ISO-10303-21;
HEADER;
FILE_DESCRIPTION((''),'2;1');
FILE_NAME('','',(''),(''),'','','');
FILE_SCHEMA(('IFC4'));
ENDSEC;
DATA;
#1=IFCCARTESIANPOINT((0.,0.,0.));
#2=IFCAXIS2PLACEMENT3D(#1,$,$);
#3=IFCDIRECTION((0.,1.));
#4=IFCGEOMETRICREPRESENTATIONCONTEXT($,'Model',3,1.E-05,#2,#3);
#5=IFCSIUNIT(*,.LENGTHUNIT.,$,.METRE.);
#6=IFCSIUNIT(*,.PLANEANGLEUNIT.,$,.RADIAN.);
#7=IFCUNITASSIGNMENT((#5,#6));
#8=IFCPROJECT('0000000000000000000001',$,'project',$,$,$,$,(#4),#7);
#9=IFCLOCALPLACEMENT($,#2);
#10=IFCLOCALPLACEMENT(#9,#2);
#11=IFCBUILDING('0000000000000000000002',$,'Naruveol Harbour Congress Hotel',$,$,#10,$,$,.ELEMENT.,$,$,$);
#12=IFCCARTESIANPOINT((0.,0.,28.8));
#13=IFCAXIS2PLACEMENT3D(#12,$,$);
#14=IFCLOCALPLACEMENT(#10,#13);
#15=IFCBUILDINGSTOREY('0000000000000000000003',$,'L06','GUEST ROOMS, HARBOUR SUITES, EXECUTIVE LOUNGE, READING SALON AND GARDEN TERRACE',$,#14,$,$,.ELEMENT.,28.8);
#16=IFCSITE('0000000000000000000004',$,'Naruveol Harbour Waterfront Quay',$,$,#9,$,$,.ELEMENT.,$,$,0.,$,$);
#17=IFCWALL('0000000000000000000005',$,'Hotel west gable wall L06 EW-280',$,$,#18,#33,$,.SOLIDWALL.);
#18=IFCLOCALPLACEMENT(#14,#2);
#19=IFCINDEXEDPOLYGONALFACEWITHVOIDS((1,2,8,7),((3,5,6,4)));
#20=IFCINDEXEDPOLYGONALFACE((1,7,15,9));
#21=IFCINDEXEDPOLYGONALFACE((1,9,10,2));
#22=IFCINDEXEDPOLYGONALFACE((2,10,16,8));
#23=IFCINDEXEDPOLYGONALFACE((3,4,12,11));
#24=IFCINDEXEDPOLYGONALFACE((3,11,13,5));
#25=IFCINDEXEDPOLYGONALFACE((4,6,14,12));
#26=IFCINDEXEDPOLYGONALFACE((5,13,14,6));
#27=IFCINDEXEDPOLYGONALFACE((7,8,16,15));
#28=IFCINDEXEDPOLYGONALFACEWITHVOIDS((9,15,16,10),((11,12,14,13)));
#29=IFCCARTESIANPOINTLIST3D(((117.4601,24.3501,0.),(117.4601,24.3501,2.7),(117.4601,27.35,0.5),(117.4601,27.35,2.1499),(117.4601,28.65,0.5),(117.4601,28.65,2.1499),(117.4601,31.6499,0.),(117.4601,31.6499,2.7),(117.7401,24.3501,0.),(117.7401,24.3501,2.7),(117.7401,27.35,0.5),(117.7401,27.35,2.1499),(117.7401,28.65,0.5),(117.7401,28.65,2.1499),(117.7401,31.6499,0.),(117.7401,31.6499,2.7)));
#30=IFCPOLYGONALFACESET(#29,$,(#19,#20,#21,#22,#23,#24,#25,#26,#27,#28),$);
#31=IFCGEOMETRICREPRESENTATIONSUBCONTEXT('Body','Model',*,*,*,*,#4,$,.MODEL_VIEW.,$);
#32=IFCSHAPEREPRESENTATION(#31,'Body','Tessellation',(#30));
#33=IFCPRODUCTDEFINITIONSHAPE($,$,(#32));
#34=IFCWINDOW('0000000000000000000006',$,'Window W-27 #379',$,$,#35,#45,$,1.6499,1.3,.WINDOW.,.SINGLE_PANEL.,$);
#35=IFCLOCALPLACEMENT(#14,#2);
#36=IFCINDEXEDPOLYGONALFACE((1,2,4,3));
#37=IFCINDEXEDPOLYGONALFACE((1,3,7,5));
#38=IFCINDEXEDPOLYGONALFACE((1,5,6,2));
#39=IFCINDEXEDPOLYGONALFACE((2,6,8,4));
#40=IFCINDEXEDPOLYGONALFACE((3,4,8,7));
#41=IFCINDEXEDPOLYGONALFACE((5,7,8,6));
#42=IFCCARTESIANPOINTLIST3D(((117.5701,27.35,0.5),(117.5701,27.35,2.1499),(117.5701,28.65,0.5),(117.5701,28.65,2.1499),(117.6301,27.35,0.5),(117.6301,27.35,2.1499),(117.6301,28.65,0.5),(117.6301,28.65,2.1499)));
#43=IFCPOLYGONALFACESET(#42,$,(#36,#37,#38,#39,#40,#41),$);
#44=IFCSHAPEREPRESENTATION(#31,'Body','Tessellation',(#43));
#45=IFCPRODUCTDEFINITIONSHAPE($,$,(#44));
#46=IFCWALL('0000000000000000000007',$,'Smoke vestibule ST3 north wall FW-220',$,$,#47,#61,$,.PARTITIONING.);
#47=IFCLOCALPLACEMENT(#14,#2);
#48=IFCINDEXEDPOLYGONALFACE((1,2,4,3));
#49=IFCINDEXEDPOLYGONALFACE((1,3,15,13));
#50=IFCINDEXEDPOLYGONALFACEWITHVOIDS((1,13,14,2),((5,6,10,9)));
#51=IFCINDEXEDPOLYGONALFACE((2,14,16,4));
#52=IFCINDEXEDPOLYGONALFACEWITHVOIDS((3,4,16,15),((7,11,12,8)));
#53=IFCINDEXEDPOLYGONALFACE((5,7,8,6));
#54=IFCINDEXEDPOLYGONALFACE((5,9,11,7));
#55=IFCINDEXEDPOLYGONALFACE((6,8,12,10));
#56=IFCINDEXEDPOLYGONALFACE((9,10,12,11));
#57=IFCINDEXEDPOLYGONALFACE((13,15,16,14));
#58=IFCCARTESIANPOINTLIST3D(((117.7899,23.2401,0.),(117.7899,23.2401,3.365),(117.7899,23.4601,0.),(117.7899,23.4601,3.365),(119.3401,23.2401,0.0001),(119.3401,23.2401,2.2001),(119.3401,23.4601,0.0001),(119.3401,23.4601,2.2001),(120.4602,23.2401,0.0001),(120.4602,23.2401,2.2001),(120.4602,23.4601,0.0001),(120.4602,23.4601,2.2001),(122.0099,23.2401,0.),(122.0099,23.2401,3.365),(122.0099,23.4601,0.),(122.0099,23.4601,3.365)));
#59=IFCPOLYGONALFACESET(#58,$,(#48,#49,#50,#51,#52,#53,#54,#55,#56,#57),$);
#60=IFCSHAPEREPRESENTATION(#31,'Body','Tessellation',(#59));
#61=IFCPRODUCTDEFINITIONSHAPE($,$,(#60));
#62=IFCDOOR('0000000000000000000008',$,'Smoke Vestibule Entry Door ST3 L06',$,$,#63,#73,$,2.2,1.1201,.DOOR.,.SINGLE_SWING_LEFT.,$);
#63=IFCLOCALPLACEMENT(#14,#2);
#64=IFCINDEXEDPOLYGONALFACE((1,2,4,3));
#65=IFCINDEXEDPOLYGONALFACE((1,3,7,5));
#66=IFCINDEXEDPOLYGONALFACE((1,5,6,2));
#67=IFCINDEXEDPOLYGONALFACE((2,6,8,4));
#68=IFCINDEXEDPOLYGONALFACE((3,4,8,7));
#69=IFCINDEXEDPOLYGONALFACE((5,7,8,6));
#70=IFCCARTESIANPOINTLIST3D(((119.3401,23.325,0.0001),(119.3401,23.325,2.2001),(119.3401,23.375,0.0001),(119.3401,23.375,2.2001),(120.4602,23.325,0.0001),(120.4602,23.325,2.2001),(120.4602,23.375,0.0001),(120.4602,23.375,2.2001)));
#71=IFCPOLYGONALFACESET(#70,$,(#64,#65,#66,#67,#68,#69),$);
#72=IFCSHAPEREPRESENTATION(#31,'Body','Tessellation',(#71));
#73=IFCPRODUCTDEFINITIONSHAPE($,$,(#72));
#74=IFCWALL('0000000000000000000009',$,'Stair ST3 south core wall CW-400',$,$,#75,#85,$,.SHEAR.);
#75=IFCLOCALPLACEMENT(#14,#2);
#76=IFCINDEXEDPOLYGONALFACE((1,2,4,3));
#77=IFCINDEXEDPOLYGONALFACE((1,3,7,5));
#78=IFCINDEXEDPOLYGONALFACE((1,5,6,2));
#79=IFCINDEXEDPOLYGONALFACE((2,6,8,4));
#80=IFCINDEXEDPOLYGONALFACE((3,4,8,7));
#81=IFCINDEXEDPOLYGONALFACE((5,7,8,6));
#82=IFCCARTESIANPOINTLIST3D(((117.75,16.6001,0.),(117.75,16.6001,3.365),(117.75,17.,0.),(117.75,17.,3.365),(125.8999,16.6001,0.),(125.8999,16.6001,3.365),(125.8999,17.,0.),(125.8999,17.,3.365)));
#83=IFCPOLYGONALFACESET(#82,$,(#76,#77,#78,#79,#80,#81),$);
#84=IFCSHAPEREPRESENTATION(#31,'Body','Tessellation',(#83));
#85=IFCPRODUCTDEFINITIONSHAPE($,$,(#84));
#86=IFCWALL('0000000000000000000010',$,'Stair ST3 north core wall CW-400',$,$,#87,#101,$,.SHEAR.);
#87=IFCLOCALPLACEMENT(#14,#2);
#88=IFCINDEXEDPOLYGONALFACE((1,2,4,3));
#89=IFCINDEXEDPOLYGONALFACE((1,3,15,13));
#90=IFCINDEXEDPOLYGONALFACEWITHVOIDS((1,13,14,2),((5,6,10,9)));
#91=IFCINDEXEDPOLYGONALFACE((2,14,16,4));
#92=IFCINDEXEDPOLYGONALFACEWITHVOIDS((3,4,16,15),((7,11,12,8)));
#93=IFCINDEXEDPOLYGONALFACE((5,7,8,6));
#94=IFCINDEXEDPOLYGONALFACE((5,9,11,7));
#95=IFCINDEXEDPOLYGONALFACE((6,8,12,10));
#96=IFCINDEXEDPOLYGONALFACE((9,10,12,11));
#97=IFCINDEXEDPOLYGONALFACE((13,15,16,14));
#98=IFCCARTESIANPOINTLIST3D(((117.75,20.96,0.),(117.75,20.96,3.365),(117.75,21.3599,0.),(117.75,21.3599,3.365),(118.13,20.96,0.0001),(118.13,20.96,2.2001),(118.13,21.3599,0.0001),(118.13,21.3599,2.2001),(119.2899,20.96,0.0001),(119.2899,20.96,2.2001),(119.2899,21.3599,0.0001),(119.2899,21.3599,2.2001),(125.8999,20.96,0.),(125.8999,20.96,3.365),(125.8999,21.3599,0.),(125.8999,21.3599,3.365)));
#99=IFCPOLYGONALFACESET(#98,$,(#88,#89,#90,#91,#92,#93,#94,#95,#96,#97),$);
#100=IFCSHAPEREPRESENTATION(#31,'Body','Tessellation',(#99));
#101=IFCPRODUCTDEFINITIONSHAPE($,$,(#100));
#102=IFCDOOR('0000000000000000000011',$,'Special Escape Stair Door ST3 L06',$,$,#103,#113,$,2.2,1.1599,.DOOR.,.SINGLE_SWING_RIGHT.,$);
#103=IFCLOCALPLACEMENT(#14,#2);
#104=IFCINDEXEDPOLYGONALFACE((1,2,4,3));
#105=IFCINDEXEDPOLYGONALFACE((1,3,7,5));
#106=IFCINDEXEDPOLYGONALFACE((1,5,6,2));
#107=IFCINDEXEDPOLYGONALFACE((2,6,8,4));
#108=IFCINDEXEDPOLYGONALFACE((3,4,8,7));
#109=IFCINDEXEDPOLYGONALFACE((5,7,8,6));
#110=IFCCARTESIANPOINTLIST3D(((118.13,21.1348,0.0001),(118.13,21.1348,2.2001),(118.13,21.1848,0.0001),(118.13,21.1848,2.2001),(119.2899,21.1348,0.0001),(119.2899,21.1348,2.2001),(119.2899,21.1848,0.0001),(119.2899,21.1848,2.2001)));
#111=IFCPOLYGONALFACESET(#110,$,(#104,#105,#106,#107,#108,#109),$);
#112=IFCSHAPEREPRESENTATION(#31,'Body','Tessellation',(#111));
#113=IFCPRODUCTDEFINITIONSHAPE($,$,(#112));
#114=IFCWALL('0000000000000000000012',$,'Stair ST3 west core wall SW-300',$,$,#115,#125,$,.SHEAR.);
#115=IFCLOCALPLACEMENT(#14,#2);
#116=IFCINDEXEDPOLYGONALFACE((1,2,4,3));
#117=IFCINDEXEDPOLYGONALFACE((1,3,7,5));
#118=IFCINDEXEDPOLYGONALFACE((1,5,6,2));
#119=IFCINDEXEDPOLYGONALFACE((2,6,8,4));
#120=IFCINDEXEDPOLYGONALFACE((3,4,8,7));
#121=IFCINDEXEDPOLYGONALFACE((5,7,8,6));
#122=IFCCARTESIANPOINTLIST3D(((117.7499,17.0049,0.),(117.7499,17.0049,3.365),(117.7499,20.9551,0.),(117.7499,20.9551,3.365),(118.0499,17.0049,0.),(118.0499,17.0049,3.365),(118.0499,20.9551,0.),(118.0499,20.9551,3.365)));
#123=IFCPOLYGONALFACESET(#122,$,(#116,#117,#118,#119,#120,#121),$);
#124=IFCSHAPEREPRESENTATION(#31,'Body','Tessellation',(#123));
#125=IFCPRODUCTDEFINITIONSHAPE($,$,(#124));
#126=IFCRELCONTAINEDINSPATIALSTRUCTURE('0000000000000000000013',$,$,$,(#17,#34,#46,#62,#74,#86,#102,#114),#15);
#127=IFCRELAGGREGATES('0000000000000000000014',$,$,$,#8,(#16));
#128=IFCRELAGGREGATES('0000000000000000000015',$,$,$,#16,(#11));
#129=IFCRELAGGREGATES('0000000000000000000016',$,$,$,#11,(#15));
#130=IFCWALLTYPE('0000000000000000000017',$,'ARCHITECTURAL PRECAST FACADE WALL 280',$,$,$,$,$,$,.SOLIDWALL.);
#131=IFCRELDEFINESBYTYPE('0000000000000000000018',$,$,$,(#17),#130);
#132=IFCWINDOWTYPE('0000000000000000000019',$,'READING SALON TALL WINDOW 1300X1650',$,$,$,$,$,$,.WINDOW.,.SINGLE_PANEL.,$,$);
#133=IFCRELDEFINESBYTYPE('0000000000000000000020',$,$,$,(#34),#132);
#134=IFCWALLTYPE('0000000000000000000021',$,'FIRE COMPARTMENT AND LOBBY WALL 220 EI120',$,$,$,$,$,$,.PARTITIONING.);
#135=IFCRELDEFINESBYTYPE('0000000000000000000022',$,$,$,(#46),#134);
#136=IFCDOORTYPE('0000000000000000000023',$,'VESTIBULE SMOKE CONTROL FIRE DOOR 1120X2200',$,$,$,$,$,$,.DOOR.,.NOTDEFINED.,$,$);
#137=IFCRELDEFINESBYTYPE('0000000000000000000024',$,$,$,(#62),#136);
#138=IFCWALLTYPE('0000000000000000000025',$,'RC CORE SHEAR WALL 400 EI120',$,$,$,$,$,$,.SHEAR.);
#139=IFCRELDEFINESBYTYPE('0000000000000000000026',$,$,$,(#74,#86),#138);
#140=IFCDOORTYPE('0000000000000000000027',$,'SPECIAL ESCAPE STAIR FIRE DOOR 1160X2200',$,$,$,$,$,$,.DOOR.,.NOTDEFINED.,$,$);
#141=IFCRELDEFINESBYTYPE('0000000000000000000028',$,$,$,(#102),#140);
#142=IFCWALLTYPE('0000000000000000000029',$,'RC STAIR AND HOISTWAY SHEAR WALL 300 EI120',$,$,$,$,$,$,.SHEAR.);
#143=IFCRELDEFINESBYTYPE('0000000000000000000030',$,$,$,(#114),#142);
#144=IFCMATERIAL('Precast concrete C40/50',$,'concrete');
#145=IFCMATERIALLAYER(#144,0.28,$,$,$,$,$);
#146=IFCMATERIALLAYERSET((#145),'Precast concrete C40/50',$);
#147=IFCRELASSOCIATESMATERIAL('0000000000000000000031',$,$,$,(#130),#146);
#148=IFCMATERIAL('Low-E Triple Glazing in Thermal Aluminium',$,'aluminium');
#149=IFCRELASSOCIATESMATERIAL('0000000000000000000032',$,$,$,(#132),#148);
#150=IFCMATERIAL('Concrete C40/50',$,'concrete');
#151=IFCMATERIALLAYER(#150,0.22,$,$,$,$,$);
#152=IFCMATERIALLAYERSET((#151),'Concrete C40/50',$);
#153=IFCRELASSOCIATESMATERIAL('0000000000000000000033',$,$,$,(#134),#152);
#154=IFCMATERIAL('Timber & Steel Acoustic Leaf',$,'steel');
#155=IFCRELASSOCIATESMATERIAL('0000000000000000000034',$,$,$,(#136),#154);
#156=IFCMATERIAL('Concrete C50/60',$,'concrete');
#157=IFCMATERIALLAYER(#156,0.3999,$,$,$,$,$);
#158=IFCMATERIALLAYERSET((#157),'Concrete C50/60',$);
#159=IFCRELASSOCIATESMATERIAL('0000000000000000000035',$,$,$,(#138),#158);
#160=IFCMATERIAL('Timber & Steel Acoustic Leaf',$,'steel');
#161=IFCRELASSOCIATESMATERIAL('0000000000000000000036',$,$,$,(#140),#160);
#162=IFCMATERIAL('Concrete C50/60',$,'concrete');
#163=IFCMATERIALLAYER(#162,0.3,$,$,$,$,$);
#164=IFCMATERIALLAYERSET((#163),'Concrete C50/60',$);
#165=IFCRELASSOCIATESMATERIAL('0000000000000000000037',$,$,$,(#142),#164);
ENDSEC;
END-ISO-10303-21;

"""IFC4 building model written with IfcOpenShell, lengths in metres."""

from ifc_helpers import new_model, si_unit, direction, frame, frame_2d, origin, place, context, subcontext, project, spatial, rectangle, extrude, material, layer, layer_set, type_object, element, fill, save


model = new_model("IFC4")

# Units and contexts
model_context = context("Model", 3, precision=1e-05, world=origin(), true_north=direction((0.0, 1.0)))
body_context = subcontext(model_context, "Body", "Model", "MODEL_VIEW")
ifc_project = project(units=[si_unit("LENGTHUNIT", "METRE"), si_unit("PLANEANGLEUNIT", "RADIAN")], contexts=[model_context])

# Site, building, storey
site_placement = place(None, origin())
site = spatial("IfcSite", under=ifc_project, at=site_placement, Name="Naruveol Harbour Waterfront Quay", CompositionType="ELEMENT", RefElevation=0.0)
building_placement = place(site_placement, origin())
building = spatial("IfcBuilding", under=site, at=building_placement, Name="Naruveol Harbour Congress Hotel", CompositionType="ELEMENT")
storey_placement = place(building_placement, frame((0.0, 0.0, 28.8)))
storey = spatial("IfcBuildingStorey", under=building, at=storey_placement, Name="L06", Description="GUEST ROOMS, HARBOUR SUITES, EXECUTIVE LOUNGE, READING SALON AND GARDEN TERRACE", CompositionType="ELEMENT", Elevation=28.8)

# Wall, opening, window
ifc_material_1 = material(Name="Precast concrete C40/50", Category="concrete")
ifc_layer_1 = layer(ifc_material_1, 0.28)
ifc_layer_set_1 = layer_set([ifc_layer_1], Name="Precast concrete C40/50")
wall_type_1 = type_object("IfcWallType", Name="ARCHITECTURAL PRECAST FACADE WALL 280", PredefinedType="SOLIDWALL", material=ifc_layer_set_1)
ifc_material_2 = material(Name="Low-E Triple Glazing in Thermal Aluminium", Category="aluminium")
window_type = type_object("IfcWindowType", Name="READING SALON TALL WINDOW 1300X1650", PartitioningType="SINGLE_PANEL", PredefinedType="WINDOW", material=ifc_material_2)
wall_1_placement = place(storey_placement, frame((117.6001, 24.3501, 0.0), z_axis=(0.0, 0.0, 1.0), x_axis=(0.0, 1.0, 0.0)))
wall_1 = element("IfcWall", 1, at=wall_1_placement, inside=storey, type_object=wall_type_1, Name="Hotel west gable wall L06 EW-280", PredefinedType="SOLIDWALL", context=body_context, shape_type="SweptSolid", body=[
    extrude(rectangle(XDim=7.2998, YDim=0.28, at=frame_2d((3.6499, 0.0))), origin(), (0.0, 0.0, 1.0), 2.7),
])
opening_1_placement = place(wall_1_placement, frame((3.0, 0.0, 0.5)))
opening_1 = element("IfcOpeningElement", 2, at=opening_1_placement, cuts=wall_1, PredefinedType="OPENING", context=body_context, shape_type="SweptSolid", body=[
    extrude(rectangle(XDim=1.3, YDim=1.6499, at=frame_2d((0.6499, 0.825))), frame((0.0, 0.1499, 0.0), z_axis=(0.0, -1.0, 0.0), x_axis=(1.0, 0.0, 0.0)), (0.0, 0.0, 1.0), 0.3),
])
window_1_placement = place(opening_1_placement, origin())
window_1 = element("IfcWindow", 3, at=window_1_placement, inside=storey, type_object=window_type, Name="Window W-27 #379", OverallHeight=1.6499, OverallWidth=1.3, PartitioningType="SINGLE_PANEL", PredefinedType="WINDOW", context=body_context, shape_type="SweptSolid", body=[
    extrude(rectangle(XDim=1.3, YDim=1.6499, at=frame_2d((0.6499, 0.825))), frame((0.0, 0.03, 0.0), z_axis=(0.0, -1.0, 0.0), x_axis=(1.0, 0.0, 0.0)), (0.0, 0.0, 1.0), 0.0601),
])
fill(opening_1, window_1)

# Wall, opening, door
ifc_material_3 = material(Name="Concrete C40/50", Category="concrete")
ifc_layer_2 = layer(ifc_material_3, 0.22)
ifc_layer_set_2 = layer_set([ifc_layer_2], Name="Concrete C40/50")
wall_type_2 = type_object("IfcWallType", Name="FIRE COMPARTMENT AND LOBBY WALL 220 EI120", PredefinedType="PARTITIONING", material=ifc_layer_set_2)
wall_2_placement = place(storey_placement, frame((117.79, 23.3501, 0.0), z_axis=(0.0, 0.0, 1.0), x_axis=(1.0, 0.0, 0.0)))
wall_2 = element("IfcWall", 4, at=wall_2_placement, inside=storey, type_object=wall_type_2, Name="Smoke vestibule ST3 north wall FW-220", PredefinedType="PARTITIONING", context=body_context, shape_type="SweptSolid", body=[
    extrude(rectangle(XDim=4.22, YDim=0.22, at=frame_2d((2.1099, 0.0))), origin(), (0.0, 0.0, 1.0), 3.365),
])
opening_2_placement = place(wall_2_placement, frame((1.55, 0.0, 0.0)))
opening_2 = element("IfcOpeningElement", 5, at=opening_2_placement, cuts=wall_2, PredefinedType="OPENING", context=body_context, shape_type="SweptSolid", body=[
    extrude(rectangle(XDim=1.1201, YDim=2.2, at=frame_2d((0.5601, 1.1001))), frame((0.0, 0.1199, 0.0), z_axis=(0.0, -1.0, 0.0), x_axis=(1.0, 0.0, 0.0)), (0.0, 0.0, 1.0), 0.24),
])
ifc_material_4 = material(Name="Timber & Steel Acoustic Leaf", Category="steel")
door_type_1 = type_object("IfcDoorType", Name="VESTIBULE SMOKE CONTROL FIRE DOOR 1120X2200", OperationType="NOTDEFINED", PredefinedType="DOOR", material=ifc_material_4)
door_1_placement = place(opening_2_placement, origin())
door_1 = element("IfcDoor", 6, at=door_1_placement, inside=storey, type_object=door_type_1, Name="Smoke Vestibule Entry Door ST3 L06", OperationType="SINGLE_SWING_LEFT", OverallHeight=2.2, OverallWidth=1.1201, PredefinedType="DOOR", context=body_context, shape_type="SweptSolid", body=[
    extrude(rectangle(XDim=1.1201, YDim=2.2, at=frame_2d((0.5601, 1.1001))), frame((0.0, 0.0249, 0.0), z_axis=(0.0, -1.0, 0.0), x_axis=(1.0, 0.0, 0.0)), (0.0, 0.0, 1.0), 0.05),
])
fill(opening_2, door_1)

# Wall
ifc_material_5 = material(Name="Concrete C50/60", Category="concrete")
ifc_layer_3 = layer(ifc_material_5, 0.3999)
ifc_layer_set_3 = layer_set([ifc_layer_3], Name="Concrete C50/60")
wall_type_3 = type_object("IfcWallType", Name="RC CORE SHEAR WALL 400 EI120", PredefinedType="SHEAR", material=ifc_layer_set_3)
wall_3_placement = place(storey_placement, frame((117.75, 16.8, 0.0), z_axis=(0.0, 0.0, 1.0), x_axis=(1.0, 0.0, 0.0)))
element("IfcWall", 7, at=wall_3_placement, inside=storey, type_object=wall_type_3, Name="Stair ST3 south core wall CW-400", PredefinedType="SHEAR", context=body_context, shape_type="SweptSolid", body=[
    extrude(rectangle(XDim=8.1499, YDim=0.3999, at=frame_2d((4.075, 0.0))), origin(), (0.0, 0.0, 1.0), 3.365),
])

# Wall, opening, door
wall_4_placement = place(storey_placement, frame((117.75, 21.1599, 0.0), z_axis=(0.0, 0.0, 1.0), x_axis=(1.0, 0.0, 0.0)))
wall_4 = element("IfcWall", 8, at=wall_4_placement, inside=storey, type_object=wall_type_3, Name="Stair ST3 north core wall CW-400", PredefinedType="SHEAR", context=body_context, shape_type="SweptSolid", body=[
    extrude(rectangle(XDim=8.1499, YDim=0.3999, at=frame_2d((4.075, 0.0))), origin(), (0.0, 0.0, 1.0), 3.365),
])
opening_3_placement = place(wall_4_placement, frame((0.3799, 0.0, 0.0)))
opening_3 = element("IfcOpeningElement", 9, at=opening_3_placement, cuts=wall_4, PredefinedType="OPENING", context=body_context, shape_type="SweptSolid", body=[
    extrude(rectangle(XDim=1.1599, YDim=2.2, at=frame_2d((0.5801, 1.1001))), frame((0.0, 0.21, 0.0), z_axis=(0.0, -1.0, 0.0), x_axis=(1.0, 0.0, 0.0)), (0.0, 0.0, 1.0), 0.4199),
])
ifc_material_6 = material(Name="Timber & Steel Acoustic Leaf", Category="steel")
door_type_2 = type_object("IfcDoorType", Name="SPECIAL ESCAPE STAIR FIRE DOOR 1160X2200", OperationType="NOTDEFINED", PredefinedType="DOOR", material=ifc_material_6)
door_2_placement = place(opening_3_placement, origin())
door_2 = element("IfcDoor", 10, at=door_2_placement, inside=storey, type_object=door_type_2, Name="Special Escape Stair Door ST3 L06", OperationType="SINGLE_SWING_RIGHT", OverallHeight=2.2, OverallWidth=1.1599, PredefinedType="DOOR", context=body_context, shape_type="SweptSolid", body=[
    extrude(rectangle(XDim=1.1599, YDim=2.2, at=frame_2d((0.5801, 1.1001))), frame((0.0, 0.0249, 0.0), z_axis=(0.0, -1.0, 0.0), x_axis=(1.0, 0.0, 0.0)), (0.0, 0.0, 1.0), 0.05),
])
fill(opening_3, door_2)

# Wall
ifc_material_7 = material(Name="Concrete C50/60", Category="concrete")
ifc_layer_4 = layer(ifc_material_7, 0.3)
ifc_layer_set_4 = layer_set([ifc_layer_4], Name="Concrete C50/60")
wall_type_4 = type_object("IfcWallType", Name="RC STAIR AND HOISTWAY SHEAR WALL 300 EI120", PredefinedType="SHEAR", material=ifc_layer_set_4)
wall_5_placement = place(storey_placement, frame((117.8999, 17.0049, 0.0), z_axis=(0.0, 0.0, 1.0), x_axis=(0.0, 1.0, 0.0)))
element("IfcWall", 11, at=wall_5_placement, inside=storey, type_object=wall_type_4, Name="Stair ST3 west core wall SW-300", PredefinedType="SHEAR", context=body_context, shape_type="SweptSolid", body=[
    extrude(rectangle(XDim=3.9502, YDim=0.3, at=frame_2d((1.9751, 0.0))), origin(), (0.0, 0.0, 1.0), 3.365),
])

save(model, "model.ifc")
